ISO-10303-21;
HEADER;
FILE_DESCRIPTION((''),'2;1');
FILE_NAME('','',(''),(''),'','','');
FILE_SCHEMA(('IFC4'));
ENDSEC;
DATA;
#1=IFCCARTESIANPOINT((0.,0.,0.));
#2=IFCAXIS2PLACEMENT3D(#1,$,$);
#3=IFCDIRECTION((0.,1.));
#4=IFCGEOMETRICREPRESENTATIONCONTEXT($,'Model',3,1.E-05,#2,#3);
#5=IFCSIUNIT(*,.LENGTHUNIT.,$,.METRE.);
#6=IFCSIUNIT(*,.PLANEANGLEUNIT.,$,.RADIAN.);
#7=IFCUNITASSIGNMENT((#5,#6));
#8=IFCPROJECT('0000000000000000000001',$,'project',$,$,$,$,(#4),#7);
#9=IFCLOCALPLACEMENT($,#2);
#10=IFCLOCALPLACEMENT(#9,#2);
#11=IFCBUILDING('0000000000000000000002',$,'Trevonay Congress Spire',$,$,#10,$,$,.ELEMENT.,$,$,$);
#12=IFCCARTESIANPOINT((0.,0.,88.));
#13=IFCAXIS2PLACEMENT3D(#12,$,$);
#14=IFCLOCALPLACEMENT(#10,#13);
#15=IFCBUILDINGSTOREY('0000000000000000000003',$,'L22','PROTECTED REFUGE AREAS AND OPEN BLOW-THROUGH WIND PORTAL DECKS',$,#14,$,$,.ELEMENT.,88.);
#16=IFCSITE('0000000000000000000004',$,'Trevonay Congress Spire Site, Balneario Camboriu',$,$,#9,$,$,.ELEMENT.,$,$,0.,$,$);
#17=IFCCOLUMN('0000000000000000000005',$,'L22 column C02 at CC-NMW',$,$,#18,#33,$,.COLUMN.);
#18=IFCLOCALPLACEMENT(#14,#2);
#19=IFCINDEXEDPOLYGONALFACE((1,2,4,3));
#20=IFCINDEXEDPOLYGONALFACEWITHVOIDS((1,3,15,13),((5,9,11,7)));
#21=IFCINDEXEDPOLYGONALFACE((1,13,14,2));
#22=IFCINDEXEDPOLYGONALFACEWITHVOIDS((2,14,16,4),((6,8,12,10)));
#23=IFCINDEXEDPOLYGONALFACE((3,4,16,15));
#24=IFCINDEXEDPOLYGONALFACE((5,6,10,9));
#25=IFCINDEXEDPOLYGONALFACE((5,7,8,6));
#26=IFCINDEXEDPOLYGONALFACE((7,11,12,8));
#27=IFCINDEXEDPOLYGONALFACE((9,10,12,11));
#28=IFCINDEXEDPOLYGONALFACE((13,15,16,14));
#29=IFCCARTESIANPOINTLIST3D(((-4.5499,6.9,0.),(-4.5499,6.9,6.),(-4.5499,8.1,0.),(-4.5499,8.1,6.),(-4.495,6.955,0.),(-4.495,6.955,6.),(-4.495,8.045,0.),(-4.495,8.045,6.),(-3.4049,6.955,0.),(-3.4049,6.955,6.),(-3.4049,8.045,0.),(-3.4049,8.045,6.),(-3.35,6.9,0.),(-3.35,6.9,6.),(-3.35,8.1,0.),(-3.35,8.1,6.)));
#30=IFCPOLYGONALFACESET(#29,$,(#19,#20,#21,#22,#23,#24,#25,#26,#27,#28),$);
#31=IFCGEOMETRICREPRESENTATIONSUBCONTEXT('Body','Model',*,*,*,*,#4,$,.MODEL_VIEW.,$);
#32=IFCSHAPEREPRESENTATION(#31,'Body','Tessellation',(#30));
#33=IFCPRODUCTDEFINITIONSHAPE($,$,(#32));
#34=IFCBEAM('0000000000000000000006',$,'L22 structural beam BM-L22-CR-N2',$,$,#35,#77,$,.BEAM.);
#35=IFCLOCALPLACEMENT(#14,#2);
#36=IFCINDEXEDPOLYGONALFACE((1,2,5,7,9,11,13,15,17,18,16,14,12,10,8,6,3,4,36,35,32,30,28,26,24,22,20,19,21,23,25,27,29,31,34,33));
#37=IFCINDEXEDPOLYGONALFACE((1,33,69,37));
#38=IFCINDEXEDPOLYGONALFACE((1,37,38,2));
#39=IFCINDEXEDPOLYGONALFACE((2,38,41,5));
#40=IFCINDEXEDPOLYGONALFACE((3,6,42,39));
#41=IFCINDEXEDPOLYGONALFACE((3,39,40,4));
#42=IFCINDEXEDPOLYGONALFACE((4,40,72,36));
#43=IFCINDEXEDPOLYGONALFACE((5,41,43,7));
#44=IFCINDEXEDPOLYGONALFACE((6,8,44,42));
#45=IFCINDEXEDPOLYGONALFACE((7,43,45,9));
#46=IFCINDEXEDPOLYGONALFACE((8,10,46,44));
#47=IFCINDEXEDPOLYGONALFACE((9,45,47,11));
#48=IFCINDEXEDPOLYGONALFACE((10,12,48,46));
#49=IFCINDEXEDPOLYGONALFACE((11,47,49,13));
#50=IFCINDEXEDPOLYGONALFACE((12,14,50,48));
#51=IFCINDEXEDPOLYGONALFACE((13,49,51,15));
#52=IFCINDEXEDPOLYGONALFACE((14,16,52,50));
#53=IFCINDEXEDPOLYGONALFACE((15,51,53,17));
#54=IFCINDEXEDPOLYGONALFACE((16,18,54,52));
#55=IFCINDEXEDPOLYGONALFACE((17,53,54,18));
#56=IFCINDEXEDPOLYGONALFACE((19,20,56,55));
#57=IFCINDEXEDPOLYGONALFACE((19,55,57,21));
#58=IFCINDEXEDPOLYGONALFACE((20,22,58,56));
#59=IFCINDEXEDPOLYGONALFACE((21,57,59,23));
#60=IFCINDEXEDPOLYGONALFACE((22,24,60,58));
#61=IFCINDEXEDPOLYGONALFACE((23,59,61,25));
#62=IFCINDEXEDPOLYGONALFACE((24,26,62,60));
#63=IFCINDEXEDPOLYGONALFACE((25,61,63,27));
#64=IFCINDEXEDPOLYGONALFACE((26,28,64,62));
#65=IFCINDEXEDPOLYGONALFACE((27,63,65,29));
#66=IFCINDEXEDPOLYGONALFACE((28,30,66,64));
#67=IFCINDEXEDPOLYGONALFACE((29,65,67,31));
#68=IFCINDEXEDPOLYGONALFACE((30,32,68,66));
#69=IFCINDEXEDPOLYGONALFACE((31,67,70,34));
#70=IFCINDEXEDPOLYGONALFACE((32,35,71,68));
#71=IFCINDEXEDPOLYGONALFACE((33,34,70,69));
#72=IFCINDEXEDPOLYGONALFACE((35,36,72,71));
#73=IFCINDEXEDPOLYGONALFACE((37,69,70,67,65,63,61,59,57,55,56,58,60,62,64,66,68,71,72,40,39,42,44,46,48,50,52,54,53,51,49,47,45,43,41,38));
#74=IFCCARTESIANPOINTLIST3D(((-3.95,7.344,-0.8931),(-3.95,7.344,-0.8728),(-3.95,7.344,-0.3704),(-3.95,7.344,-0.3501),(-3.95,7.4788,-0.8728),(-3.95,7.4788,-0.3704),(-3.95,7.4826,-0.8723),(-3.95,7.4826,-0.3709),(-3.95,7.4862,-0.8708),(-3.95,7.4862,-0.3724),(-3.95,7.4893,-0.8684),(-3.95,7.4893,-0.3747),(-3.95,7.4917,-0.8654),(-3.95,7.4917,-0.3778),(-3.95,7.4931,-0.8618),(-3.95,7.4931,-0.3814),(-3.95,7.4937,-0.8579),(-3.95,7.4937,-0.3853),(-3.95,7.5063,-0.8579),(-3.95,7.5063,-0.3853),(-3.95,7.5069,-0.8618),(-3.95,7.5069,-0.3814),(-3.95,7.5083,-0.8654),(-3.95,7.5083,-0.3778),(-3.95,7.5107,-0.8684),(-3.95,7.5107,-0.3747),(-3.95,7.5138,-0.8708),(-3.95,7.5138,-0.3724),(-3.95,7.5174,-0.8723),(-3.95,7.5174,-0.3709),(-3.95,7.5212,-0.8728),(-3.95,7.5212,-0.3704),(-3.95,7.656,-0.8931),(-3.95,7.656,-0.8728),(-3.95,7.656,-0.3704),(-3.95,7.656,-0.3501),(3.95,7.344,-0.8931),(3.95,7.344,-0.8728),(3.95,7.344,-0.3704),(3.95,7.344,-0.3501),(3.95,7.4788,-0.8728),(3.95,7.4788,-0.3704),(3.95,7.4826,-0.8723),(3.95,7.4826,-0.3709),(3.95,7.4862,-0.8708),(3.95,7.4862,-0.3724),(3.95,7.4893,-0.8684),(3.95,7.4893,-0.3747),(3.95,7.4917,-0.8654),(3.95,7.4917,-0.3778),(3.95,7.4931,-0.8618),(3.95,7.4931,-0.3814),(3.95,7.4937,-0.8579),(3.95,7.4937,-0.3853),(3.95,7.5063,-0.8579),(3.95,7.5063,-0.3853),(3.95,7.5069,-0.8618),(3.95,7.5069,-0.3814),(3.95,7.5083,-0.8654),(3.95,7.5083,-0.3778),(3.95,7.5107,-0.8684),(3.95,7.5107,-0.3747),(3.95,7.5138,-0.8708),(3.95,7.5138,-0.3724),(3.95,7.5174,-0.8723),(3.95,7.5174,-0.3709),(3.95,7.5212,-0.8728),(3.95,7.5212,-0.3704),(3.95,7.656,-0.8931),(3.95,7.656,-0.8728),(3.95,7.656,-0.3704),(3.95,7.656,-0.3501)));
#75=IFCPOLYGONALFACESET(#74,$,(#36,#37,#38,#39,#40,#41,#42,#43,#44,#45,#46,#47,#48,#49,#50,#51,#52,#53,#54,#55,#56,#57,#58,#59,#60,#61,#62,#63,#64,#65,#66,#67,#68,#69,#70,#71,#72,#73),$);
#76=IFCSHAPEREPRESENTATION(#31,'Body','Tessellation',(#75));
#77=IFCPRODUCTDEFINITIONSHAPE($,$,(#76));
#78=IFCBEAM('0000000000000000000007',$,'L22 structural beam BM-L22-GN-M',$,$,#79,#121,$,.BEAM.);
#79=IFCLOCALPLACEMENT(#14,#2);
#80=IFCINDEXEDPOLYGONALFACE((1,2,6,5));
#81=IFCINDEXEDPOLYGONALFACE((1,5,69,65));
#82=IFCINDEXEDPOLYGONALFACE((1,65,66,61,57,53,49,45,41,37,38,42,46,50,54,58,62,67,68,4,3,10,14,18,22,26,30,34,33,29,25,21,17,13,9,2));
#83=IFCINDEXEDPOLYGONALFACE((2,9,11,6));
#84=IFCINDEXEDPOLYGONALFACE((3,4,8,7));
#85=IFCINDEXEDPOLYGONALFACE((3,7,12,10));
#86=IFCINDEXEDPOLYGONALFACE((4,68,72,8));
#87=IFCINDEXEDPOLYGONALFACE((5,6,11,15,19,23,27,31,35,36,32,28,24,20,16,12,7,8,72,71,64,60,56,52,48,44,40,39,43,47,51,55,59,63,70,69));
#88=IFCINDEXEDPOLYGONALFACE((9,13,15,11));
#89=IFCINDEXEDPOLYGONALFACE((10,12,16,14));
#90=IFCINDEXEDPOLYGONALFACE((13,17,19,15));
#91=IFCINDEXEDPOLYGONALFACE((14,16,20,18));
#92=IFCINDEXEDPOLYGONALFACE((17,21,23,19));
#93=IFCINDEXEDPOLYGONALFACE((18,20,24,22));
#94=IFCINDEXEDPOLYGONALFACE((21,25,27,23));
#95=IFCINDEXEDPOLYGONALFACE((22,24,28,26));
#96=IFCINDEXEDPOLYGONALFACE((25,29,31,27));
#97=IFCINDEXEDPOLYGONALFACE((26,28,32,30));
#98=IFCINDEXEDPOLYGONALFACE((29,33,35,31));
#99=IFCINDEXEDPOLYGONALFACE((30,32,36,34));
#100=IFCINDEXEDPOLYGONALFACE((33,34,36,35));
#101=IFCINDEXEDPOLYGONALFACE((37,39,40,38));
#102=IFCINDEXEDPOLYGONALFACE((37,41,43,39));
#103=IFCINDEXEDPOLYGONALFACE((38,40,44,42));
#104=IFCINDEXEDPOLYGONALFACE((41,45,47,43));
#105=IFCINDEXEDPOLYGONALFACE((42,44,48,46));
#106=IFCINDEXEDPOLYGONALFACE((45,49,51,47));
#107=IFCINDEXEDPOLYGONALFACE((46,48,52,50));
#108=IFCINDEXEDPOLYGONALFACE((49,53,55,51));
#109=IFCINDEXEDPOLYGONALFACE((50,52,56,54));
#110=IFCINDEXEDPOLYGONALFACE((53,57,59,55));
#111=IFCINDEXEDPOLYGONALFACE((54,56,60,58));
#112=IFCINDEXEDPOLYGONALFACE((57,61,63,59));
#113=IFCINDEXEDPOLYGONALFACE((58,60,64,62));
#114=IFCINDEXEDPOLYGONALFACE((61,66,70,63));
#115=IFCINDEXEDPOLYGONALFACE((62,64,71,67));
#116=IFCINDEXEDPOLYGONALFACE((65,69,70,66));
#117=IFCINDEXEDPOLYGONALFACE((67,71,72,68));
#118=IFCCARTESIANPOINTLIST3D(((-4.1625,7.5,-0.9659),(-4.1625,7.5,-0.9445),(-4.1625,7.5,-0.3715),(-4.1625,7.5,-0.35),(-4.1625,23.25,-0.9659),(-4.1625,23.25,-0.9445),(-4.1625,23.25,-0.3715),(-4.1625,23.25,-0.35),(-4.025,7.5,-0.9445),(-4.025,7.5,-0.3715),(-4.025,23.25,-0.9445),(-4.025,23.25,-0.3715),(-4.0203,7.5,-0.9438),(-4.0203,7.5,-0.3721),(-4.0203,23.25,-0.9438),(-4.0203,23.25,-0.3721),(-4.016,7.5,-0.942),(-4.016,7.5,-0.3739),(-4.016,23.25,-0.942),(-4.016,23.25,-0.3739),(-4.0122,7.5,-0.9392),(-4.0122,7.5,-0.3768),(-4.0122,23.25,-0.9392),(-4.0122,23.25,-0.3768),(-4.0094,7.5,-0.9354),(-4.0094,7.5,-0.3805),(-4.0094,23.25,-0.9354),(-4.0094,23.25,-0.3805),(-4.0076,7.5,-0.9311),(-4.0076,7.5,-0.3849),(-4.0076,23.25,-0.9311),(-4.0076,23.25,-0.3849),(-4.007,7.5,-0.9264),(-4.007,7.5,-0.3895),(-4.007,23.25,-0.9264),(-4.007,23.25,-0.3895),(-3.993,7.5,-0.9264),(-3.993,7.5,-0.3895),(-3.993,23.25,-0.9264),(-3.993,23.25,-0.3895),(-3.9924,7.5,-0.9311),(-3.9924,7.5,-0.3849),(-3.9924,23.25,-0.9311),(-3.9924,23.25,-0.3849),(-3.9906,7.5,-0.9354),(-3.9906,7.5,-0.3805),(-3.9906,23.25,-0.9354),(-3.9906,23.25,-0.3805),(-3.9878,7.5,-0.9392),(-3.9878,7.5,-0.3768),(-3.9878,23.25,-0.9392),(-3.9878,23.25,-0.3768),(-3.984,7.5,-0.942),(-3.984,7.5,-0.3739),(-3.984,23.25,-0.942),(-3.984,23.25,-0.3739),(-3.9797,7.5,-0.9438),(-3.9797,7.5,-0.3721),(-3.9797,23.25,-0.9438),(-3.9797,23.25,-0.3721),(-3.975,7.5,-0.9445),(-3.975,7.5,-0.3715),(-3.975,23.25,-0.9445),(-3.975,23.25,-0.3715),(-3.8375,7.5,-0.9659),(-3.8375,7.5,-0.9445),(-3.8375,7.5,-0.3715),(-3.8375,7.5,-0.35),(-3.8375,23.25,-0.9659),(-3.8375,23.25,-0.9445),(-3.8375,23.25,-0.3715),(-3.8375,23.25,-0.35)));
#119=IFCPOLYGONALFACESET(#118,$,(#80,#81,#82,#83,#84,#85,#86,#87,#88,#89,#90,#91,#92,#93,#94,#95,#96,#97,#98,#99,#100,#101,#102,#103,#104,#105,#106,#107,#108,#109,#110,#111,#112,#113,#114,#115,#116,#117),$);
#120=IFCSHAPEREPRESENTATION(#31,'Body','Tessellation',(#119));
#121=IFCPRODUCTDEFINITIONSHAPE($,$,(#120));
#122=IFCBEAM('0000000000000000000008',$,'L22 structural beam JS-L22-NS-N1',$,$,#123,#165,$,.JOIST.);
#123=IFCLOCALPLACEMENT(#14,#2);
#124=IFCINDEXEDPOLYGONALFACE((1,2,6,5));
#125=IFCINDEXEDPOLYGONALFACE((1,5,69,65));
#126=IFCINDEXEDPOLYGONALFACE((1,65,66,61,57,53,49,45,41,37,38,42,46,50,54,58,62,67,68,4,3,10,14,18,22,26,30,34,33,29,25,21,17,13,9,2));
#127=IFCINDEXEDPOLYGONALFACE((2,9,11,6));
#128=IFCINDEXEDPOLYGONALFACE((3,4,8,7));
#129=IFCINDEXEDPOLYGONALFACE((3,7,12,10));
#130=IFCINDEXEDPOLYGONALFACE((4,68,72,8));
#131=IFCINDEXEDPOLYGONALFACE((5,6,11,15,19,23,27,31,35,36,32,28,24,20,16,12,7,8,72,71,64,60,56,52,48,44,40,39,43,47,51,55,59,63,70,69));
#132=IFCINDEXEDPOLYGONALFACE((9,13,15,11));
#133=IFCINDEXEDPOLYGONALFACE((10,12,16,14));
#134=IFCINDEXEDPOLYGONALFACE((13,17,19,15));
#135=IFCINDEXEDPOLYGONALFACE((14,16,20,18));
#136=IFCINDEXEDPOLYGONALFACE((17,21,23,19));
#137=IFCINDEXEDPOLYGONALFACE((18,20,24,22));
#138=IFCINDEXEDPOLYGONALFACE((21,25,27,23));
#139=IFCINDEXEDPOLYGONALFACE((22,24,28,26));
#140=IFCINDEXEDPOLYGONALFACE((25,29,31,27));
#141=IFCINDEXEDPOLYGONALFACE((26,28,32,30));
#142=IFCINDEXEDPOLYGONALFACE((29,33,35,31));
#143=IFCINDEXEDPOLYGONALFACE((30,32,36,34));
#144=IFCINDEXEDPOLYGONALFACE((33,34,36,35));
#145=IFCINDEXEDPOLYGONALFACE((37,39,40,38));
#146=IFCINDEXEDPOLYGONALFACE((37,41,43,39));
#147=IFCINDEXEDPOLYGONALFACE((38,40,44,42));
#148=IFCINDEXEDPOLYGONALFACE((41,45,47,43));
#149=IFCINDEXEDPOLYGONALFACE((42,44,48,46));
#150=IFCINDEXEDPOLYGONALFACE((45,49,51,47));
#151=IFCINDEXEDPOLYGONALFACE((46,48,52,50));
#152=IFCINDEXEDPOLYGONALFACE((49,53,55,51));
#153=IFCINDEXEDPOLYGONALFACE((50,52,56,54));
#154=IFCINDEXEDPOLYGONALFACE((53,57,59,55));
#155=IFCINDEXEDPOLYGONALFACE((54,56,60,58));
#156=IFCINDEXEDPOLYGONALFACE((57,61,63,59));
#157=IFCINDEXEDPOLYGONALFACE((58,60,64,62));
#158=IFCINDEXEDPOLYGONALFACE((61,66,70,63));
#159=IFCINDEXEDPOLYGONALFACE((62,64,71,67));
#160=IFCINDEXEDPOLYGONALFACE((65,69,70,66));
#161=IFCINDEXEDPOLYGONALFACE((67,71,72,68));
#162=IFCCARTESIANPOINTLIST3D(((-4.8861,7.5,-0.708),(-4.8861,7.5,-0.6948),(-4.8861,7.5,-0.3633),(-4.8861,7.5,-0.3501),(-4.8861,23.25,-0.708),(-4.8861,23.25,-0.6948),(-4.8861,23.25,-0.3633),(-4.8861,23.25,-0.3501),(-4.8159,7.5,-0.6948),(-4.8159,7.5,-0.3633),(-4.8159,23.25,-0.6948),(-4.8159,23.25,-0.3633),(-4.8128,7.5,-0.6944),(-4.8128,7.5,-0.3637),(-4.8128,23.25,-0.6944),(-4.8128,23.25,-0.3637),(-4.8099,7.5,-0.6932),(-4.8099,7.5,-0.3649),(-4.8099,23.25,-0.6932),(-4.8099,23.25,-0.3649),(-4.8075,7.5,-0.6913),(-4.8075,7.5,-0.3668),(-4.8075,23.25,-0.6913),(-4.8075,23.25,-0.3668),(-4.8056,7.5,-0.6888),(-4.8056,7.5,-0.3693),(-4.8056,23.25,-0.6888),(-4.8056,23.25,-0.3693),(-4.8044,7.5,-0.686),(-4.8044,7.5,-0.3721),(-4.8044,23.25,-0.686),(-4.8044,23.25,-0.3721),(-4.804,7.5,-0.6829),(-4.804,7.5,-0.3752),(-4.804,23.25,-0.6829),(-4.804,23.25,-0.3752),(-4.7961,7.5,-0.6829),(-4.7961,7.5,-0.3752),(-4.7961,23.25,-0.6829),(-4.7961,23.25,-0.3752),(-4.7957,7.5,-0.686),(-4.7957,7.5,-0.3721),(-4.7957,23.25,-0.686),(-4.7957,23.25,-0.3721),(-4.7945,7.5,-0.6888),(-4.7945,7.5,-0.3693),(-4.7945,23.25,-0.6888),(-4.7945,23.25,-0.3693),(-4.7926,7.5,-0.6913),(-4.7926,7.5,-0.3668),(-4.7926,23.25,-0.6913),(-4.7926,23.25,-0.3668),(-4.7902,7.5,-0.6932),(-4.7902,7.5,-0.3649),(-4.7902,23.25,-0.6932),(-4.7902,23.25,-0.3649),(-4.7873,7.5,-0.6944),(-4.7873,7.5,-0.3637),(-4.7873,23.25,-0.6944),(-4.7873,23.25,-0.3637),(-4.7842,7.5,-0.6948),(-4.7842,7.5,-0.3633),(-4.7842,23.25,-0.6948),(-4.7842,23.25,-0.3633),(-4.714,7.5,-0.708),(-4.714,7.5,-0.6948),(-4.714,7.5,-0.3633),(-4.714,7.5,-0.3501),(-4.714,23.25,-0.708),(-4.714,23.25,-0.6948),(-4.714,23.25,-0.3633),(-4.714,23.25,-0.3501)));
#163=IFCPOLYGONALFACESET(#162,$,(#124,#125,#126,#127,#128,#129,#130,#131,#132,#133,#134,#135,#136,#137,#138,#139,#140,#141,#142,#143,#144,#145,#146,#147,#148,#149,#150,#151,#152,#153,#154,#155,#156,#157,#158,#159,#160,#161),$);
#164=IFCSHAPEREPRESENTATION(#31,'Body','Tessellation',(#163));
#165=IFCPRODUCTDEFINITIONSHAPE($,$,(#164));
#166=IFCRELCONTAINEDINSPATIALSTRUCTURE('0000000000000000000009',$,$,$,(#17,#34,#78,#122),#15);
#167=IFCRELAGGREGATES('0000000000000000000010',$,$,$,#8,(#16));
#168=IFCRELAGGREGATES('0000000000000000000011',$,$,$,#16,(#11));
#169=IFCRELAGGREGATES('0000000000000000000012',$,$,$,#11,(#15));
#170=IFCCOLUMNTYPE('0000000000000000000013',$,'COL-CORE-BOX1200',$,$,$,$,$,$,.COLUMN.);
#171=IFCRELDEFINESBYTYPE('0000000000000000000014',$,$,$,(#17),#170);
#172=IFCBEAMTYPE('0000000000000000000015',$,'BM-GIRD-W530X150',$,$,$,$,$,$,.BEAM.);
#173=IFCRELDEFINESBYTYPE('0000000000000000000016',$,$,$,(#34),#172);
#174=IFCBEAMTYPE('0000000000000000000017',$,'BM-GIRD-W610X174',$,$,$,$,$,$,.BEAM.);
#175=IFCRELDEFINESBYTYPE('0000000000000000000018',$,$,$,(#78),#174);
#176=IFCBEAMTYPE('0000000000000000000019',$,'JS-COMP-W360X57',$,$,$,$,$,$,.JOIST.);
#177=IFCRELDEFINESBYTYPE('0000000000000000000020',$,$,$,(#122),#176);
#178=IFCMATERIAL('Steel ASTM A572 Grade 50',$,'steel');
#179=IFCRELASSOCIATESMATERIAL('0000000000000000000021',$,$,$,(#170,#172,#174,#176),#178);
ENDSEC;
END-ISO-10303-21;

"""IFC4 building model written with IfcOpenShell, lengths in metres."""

from ifc_helpers import new_model, si_unit, direction, frame, origin, origin_2d, place, context, subcontext, project, spatial, hollow_rectangle, i_section, extrude, material, material_profile, profile_set, type_object, element, save


model = new_model("IFC4")

# Units and contexts
model_context = context("Model", 3, precision=1e-05, world=origin(), true_north=direction((0.0, 1.0)))
body_context = subcontext(model_context, "Body", "Model", "MODEL_VIEW")
ifc_project = project(units=[si_unit("LENGTHUNIT", "METRE"), si_unit("PLANEANGLEUNIT", "RADIAN")], contexts=[model_context])

# Site, building, storey
site_placement = place(None, origin())
site = spatial("IfcSite", under=ifc_project, at=site_placement, Name="Trevonay Congress Spire Site, Balneario Camboriu", CompositionType="ELEMENT", RefElevation=0.0)
building_placement = place(site_placement, origin())
building = spatial("IfcBuilding", under=site, at=building_placement, Name="Trevonay Congress Spire", CompositionType="ELEMENT")
storey_placement = place(building_placement, frame((0.0, 0.0, 88.0)))
storey = spatial("IfcBuildingStorey", under=building, at=storey_placement, Name="L22", Description="PROTECTED REFUGE AREAS AND OPEN BLOW-THROUGH WIND PORTAL DECKS", CompositionType="ELEMENT", Elevation=88.0)

# Column
ifc_material_1 = material(Name="Steel ASTM A572 Grade 50", Category="steel")
ifc_material_profile_1 = material_profile(ifc_material_1, hollow_rectangle(XDim=1.2, YDim=1.2, WallThickness=0.0549, at=origin_2d()), Name="BOX 1200x1200x55")
ifc_profile_set_1 = profile_set([ifc_material_profile_1], Name="Steel ASTM A572 Grade 50")
column_type = type_object("IfcColumnType", Name="COL-CORE-BOX1200", PredefinedType="COLUMN", material=ifc_profile_set_1)
column_placement = place(storey_placement, frame((-3.95, 7.5, 0.0), z_axis=(0.0, 0.0, 1.0), x_axis=(1.0, 0.0, 0.0)))
element("IfcColumn", 1, at=column_placement, inside=storey, type_object=column_type, Name="L22 column C02 at CC-NMW", PredefinedType="COLUMN", context=body_context, shape_type="SweptSolid", body=[
    extrude(hollow_rectangle(XDim=1.2, YDim=1.2, WallThickness=0.0549, at=origin_2d()), origin(), (0.0, 0.0, 1.0), 6.0),
])

# Beams
ifc_material_profile_2 = material_profile(ifc_material_1, i_section(OverallWidth=0.312, OverallDepth=0.543, WebThickness=0.0127, FlangeThickness=0.0203, FilletRadius=0.0149, at=origin_2d()), Name="W530x150")
ifc_profile_set_2 = profile_set([ifc_material_profile_2], Name="Steel ASTM A572 Grade 50")
beam_type_1 = type_object("IfcBeamType", Name="BM-GIRD-W530X150", PredefinedType="BEAM", material=ifc_profile_set_2)
beam_1_placement = place(storey_placement, frame((-3.95, 7.5, -0.6216), z_axis=(1.0, 0.0, 0.0), x_axis=(0.0, 1.0, 0.0)))
element("IfcBeam", 2, at=beam_1_placement, inside=storey, type_object=beam_type_1, Name="L22 structural beam BM-L22-CR-N2", PredefinedType="BEAM", context=body_context, shape_type="SweptSolid", body=[
    extrude(i_section(OverallWidth=0.312, OverallDepth=0.543, WebThickness=0.0127, FlangeThickness=0.0203, FilletRadius=0.0149, at=origin_2d()), origin(), (0.0, 0.0, 1.0), 7.8999),
])
ifc_material_profile_3 = material_profile(ifc_material_1, i_section(OverallWidth=0.325, OverallDepth=0.616, WebThickness=0.0139, FlangeThickness=0.0215, FilletRadius=0.0181, at=origin_2d()), Name="W610x174")
ifc_profile_set_3 = profile_set([ifc_material_profile_3], Name="Steel ASTM A572 Grade 50")
beam_type_2 = type_object("IfcBeamType", Name="BM-GIRD-W610X174", PredefinedType="BEAM", material=ifc_profile_set_3)
beam_2_placement = place(storey_placement, frame((-4.0, 7.5, -0.658), z_axis=(0.0, 1.0, 0.0), x_axis=(-1.0, 0.0, 0.0)))
element("IfcBeam", 3, at=beam_2_placement, inside=storey, type_object=beam_type_2, Name="L22 structural beam BM-L22-GN-M", PredefinedType="BEAM", context=body_context, shape_type="SweptSolid", body=[
    extrude(i_section(OverallWidth=0.325, OverallDepth=0.616, WebThickness=0.0139, FlangeThickness=0.0215, FilletRadius=0.0181, at=origin_2d()), origin(), (0.0, 0.0, 1.0), 15.75),
])
ifc_material_profile_4 = material_profile(ifc_material_1, i_section(OverallWidth=0.1721, OverallDepth=0.3579, WebThickness=0.0078, FlangeThickness=0.0132, FilletRadius=0.012, at=origin_2d()), Name="W360x57.8")
ifc_profile_set_4 = profile_set([ifc_material_profile_4], Name="Steel ASTM A572 Grade 50")
beam_type_3 = type_object("IfcBeamType", Name="JS-COMP-W360X57", PredefinedType="JOIST", material=ifc_profile_set_4)
beam_3_placement = place(storey_placement, frame((-4.8, 7.5, -0.5291), z_axis=(0.0, 1.0, 0.0), x_axis=(-1.0, 0.0, 0.0)))
element("IfcBeam", 4, at=beam_3_placement, inside=storey, type_object=beam_type_3, Name="L22 structural beam JS-L22-NS-N1", PredefinedType="JOIST", context=body_context, shape_type="SweptSolid", body=[
    extrude(i_section(OverallWidth=0.1721, OverallDepth=0.3579, WebThickness=0.0078, FlangeThickness=0.0132, FilletRadius=0.012, at=origin_2d()), origin(), (0.0, 0.0, 1.0), 15.75),
])

save(model, "model.ifc")
